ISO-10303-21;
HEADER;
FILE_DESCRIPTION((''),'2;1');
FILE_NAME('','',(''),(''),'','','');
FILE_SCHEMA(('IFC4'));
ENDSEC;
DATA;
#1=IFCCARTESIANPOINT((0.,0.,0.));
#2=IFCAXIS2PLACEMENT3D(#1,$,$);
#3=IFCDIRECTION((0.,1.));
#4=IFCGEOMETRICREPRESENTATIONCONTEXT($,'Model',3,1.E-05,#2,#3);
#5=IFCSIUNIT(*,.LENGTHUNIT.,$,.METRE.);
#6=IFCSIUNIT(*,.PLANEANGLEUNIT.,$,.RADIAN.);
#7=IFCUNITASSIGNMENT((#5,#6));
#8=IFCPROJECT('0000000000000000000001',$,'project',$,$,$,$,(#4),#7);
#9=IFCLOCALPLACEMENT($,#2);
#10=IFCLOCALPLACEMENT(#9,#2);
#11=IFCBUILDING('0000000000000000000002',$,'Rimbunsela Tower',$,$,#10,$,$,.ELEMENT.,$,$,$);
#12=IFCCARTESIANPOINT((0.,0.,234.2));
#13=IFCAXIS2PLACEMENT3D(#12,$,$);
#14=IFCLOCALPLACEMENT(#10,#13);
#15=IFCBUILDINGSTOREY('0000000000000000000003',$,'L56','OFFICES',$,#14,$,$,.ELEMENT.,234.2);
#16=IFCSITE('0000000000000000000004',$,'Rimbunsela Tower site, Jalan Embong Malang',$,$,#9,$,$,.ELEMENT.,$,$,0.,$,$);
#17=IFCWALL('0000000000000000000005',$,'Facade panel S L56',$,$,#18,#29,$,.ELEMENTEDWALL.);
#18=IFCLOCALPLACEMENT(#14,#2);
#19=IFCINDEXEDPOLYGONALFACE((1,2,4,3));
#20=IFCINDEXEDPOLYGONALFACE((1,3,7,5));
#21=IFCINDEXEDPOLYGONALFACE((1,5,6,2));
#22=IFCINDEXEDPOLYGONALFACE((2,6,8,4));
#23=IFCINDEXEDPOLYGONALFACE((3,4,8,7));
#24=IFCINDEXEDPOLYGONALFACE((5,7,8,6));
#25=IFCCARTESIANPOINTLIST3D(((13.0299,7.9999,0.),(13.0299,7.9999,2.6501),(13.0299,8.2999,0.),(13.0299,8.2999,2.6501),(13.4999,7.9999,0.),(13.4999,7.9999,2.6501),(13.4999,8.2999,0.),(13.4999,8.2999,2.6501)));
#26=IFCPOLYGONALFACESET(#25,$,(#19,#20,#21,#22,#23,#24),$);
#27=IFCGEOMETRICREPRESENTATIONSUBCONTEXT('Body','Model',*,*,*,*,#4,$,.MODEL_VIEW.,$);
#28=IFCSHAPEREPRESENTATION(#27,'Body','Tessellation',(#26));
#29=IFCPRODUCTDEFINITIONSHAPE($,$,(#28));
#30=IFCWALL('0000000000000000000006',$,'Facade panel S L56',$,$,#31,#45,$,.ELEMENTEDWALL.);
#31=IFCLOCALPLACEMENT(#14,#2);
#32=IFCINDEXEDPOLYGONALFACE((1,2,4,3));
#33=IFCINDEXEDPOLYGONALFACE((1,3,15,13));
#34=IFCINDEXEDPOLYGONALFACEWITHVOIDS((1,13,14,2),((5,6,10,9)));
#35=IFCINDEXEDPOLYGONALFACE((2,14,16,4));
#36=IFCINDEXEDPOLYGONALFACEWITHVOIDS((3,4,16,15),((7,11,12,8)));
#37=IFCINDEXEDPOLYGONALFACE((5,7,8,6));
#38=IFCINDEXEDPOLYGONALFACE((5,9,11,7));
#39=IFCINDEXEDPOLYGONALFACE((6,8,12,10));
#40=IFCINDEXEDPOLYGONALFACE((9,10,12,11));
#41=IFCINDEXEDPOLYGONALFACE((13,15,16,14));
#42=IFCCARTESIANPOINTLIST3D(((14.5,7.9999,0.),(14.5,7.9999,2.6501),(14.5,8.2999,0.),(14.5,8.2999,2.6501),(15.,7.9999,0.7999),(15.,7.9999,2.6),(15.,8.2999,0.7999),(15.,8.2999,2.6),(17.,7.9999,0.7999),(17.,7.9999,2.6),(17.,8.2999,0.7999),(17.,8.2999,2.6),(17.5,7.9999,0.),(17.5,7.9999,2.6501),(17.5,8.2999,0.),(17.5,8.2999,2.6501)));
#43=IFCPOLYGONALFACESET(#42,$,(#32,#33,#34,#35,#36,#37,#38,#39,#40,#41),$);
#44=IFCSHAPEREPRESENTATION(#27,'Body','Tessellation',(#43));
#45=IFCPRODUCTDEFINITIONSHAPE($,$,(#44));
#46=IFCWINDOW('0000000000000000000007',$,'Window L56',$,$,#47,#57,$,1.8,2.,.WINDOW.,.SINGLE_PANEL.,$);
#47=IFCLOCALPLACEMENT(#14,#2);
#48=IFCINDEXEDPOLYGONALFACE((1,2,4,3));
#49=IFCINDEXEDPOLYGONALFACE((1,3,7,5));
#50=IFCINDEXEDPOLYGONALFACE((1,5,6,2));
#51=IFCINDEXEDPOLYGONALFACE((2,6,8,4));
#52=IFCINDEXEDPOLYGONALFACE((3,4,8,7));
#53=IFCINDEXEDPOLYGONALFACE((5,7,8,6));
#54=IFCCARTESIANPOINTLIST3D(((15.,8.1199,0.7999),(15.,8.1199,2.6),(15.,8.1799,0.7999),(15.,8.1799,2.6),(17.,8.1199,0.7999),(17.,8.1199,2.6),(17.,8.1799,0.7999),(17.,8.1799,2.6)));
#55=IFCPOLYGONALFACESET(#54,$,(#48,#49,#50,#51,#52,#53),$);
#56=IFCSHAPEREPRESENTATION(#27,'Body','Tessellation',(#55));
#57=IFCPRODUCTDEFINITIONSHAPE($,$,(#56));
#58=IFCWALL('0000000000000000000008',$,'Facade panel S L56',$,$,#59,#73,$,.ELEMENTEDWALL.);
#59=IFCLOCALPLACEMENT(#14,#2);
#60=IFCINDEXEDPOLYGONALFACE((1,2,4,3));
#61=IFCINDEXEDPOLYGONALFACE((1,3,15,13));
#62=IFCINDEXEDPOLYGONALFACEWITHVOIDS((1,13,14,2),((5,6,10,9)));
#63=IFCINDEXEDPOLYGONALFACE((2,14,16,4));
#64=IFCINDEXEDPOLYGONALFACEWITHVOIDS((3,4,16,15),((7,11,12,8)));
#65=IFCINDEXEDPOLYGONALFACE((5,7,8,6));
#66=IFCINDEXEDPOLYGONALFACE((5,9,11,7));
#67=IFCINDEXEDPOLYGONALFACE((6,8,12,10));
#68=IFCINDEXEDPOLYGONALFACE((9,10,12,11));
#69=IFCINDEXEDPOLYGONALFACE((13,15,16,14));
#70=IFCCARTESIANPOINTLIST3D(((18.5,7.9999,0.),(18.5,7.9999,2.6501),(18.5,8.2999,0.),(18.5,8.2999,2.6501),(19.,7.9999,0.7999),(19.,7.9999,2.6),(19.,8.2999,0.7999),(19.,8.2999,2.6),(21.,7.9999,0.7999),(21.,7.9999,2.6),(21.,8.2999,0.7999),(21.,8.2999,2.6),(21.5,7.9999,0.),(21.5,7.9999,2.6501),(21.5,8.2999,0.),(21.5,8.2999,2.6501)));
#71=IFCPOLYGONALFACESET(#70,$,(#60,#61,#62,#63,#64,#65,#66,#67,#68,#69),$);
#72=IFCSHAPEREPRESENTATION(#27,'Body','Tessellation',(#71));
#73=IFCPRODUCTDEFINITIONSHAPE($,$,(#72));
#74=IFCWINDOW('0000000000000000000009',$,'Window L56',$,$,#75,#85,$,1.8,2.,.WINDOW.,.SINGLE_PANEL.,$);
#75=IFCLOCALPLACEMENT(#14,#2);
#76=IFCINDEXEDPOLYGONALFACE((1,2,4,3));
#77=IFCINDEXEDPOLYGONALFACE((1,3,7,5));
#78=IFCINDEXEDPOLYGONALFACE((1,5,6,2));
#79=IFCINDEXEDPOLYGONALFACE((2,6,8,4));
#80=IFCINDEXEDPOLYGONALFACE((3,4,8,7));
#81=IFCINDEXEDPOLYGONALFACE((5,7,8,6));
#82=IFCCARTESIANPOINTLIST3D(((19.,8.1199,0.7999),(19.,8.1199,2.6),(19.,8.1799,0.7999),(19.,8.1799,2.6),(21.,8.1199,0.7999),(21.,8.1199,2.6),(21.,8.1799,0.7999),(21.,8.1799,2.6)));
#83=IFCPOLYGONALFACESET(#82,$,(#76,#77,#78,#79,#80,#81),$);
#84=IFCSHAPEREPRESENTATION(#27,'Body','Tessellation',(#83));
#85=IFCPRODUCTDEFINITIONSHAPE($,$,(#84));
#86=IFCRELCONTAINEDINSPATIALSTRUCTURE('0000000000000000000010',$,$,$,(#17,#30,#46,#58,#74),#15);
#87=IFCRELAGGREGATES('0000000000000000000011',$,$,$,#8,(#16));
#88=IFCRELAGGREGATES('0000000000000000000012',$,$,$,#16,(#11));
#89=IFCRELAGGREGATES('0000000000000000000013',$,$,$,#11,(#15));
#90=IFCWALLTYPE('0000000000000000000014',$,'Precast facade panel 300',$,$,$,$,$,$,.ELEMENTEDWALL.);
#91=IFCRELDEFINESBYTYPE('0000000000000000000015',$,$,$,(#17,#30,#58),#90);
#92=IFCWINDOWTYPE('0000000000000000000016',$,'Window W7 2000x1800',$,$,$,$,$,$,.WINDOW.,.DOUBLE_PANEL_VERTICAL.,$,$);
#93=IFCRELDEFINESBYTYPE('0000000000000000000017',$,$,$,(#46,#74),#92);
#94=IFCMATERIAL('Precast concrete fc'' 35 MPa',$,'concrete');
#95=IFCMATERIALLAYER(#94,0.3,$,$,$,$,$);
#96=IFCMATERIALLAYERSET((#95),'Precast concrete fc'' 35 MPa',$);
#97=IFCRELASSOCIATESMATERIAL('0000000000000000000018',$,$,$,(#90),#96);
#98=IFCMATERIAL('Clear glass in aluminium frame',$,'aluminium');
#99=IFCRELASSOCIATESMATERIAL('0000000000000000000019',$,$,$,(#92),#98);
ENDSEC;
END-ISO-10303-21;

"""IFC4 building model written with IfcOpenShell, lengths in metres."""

from ifc_helpers import new_model, si_unit, direction, frame, frame_2d, origin, place, context, subcontext, project, spatial, rectangle, extrude, material, layer, layer_set, type_object, element, fill, save


model = new_model("IFC4")

# Units and contexts
model_context = context("Model", 3, precision=1e-05, world=origin(), true_north=direction((0.0, 1.0)))
body_context = subcontext(model_context, "Body", "Model", "MODEL_VIEW")
ifc_project = project(units=[si_unit("LENGTHUNIT", "METRE"), si_unit("PLANEANGLEUNIT", "RADIAN")], contexts=[model_context])

# Site, building, storey
site_placement = place(None, origin())
site = spatial("IfcSite", under=ifc_project, at=site_placement, Name="Rimbunsela Tower site, Jalan Embong Malang", CompositionType="ELEMENT", RefElevation=0.0)
building_placement = place(site_placement, origin())
building = spatial("IfcBuilding", under=site, at=building_placement, Name="Rimbunsela Tower", CompositionType="ELEMENT")
storey_placement = place(building_placement, frame((0.0, 0.0, 234.2)))
storey = spatial("IfcBuildingStorey", under=building, at=storey_placement, Name="L56", Description="OFFICES", CompositionType="ELEMENT", Elevation=234.2)

# Wall
ifc_material_1 = material(Name="Precast concrete fc' 35 MPa", Category="concrete")
ifc_layer_1 = layer(ifc_material_1, 0.3)
ifc_layer_set_1 = layer_set([ifc_layer_1], Name="Precast concrete fc' 35 MPa")
wall_type = type_object("IfcWallType", Name="Precast facade panel 300", PredefinedType="ELEMENTEDWALL", material=ifc_layer_set_1)
wall_1_placement = place(storey_placement, frame((13.03, 8.1499, 0.0), z_axis=(0.0, 0.0, 1.0), x_axis=(1.0, 0.0, 0.0)))
element("IfcWall", 1, at=wall_1_placement, inside=storey, type_object=wall_type, Name="Facade panel S L56", PredefinedType="ELEMENTEDWALL", context=body_context, shape_type="SweptSolid", body=[
    extrude(rectangle(XDim=0.47, YDim=0.3, at=frame_2d((0.2349, 0.0))), origin(), (0.0, 0.0, 1.0), 2.6501),
])

# Walls, openings, windows
wall_2_placement = place(storey_placement, frame((14.5, 8.1499, 0.0), z_axis=(0.0, 0.0, 1.0), x_axis=(1.0, 0.0, 0.0)))
wall_2 = element("IfcWall", 2, at=wall_2_placement, inside=storey, type_object=wall_type, Name="Facade panel S L56", PredefinedType="ELEMENTEDWALL", context=body_context, shape_type="SweptSolid", body=[
    extrude(rectangle(XDim=3.0, YDim=0.3, at=frame_2d((1.5, 0.0))), origin(), (0.0, 0.0, 1.0), 2.6501),
])
opening_1_placement = place(wall_2_placement, frame((0.5, 0.0, 0.8)))
opening_1 = element("IfcOpeningElement", 3, at=opening_1_placement, cuts=wall_2, PredefinedType="OPENING", context=body_context, shape_type="SweptSolid", body=[
    extrude(rectangle(XDim=2.0, YDim=1.8, at=frame_2d((1.0, 0.8999))), frame((0.0, 0.1599, 0.0), z_axis=(0.0, -1.0, 0.0), x_axis=(1.0, 0.0, 0.0)), (0.0, 0.0, 1.0), 0.3201),
])
ifc_material_2 = material(Name="Clear glass in aluminium frame", Category="aluminium")
window_type = type_object("IfcWindowType", Name="Window W7 2000x1800", PartitioningType="DOUBLE_PANEL_VERTICAL", PredefinedType="WINDOW", material=ifc_material_2)
window_1_placement = place(opening_1_placement, origin())
window_1 = element("IfcWindow", 4, at=window_1_placement, inside=storey, type_object=window_type, Name="Window L56", OverallHeight=1.8, OverallWidth=2.0, PartitioningType="SINGLE_PANEL", PredefinedType="WINDOW", context=body_context, shape_type="SweptSolid", body=[
    extrude(rectangle(XDim=2.0, YDim=1.8, at=frame_2d((1.0, 0.8999))), frame((0.0, 0.03, 0.0), z_axis=(0.0, -1.0, 0.0), x_axis=(1.0, 0.0, 0.0)), (0.0, 0.0, 1.0), 0.0601),
])
fill(opening_1, window_1)
wall_3_placement = place(storey_placement, frame((18.5, 8.1499, 0.0), z_axis=(0.0, 0.0, 1.0), x_axis=(1.0, 0.0, 0.0)))
wall_3 = element("IfcWall", 5, at=wall_3_placement, inside=storey, type_object=wall_type, Name="Facade panel S L56", PredefinedType="ELEMENTEDWALL", context=body_context, shape_type="SweptSolid", body=[
    extrude(rectangle(XDim=3.0, YDim=0.3, at=frame_2d((1.5, 0.0))), origin(), (0.0, 0.0, 1.0), 2.6501),
])
opening_2_placement = place(wall_3_placement, frame((0.5, 0.0, 0.8)))
opening_2 = element("IfcOpeningElement", 6, at=opening_2_placement, cuts=wall_3, PredefinedType="OPENING", context=body_context, shape_type="SweptSolid", body=[
    extrude(rectangle(XDim=2.0, YDim=1.8, at=frame_2d((1.0, 0.8999))), frame((0.0, 0.1599, 0.0), z_axis=(0.0, -1.0, 0.0), x_axis=(1.0, 0.0, 0.0)), (0.0, 0.0, 1.0), 0.3201),
])
window_2_placement = place(opening_2_placement, origin())
window_2 = element("IfcWindow", 7, at=window_2_placement, inside=storey, type_object=window_type, Name="Window L56", OverallHeight=1.8, OverallWidth=2.0, PartitioningType="SINGLE_PANEL", PredefinedType="WINDOW", context=body_context, shape_type="SweptSolid", body=[
    extrude(rectangle(XDim=2.0, YDim=1.8, at=frame_2d((1.0, 0.8999))), frame((0.0, 0.03, 0.0), z_axis=(0.0, -1.0, 0.0), x_axis=(1.0, 0.0, 0.0)), (0.0, 0.0, 1.0), 0.0601),
])
fill(opening_2, window_2)

save(model, "model.ifc")
